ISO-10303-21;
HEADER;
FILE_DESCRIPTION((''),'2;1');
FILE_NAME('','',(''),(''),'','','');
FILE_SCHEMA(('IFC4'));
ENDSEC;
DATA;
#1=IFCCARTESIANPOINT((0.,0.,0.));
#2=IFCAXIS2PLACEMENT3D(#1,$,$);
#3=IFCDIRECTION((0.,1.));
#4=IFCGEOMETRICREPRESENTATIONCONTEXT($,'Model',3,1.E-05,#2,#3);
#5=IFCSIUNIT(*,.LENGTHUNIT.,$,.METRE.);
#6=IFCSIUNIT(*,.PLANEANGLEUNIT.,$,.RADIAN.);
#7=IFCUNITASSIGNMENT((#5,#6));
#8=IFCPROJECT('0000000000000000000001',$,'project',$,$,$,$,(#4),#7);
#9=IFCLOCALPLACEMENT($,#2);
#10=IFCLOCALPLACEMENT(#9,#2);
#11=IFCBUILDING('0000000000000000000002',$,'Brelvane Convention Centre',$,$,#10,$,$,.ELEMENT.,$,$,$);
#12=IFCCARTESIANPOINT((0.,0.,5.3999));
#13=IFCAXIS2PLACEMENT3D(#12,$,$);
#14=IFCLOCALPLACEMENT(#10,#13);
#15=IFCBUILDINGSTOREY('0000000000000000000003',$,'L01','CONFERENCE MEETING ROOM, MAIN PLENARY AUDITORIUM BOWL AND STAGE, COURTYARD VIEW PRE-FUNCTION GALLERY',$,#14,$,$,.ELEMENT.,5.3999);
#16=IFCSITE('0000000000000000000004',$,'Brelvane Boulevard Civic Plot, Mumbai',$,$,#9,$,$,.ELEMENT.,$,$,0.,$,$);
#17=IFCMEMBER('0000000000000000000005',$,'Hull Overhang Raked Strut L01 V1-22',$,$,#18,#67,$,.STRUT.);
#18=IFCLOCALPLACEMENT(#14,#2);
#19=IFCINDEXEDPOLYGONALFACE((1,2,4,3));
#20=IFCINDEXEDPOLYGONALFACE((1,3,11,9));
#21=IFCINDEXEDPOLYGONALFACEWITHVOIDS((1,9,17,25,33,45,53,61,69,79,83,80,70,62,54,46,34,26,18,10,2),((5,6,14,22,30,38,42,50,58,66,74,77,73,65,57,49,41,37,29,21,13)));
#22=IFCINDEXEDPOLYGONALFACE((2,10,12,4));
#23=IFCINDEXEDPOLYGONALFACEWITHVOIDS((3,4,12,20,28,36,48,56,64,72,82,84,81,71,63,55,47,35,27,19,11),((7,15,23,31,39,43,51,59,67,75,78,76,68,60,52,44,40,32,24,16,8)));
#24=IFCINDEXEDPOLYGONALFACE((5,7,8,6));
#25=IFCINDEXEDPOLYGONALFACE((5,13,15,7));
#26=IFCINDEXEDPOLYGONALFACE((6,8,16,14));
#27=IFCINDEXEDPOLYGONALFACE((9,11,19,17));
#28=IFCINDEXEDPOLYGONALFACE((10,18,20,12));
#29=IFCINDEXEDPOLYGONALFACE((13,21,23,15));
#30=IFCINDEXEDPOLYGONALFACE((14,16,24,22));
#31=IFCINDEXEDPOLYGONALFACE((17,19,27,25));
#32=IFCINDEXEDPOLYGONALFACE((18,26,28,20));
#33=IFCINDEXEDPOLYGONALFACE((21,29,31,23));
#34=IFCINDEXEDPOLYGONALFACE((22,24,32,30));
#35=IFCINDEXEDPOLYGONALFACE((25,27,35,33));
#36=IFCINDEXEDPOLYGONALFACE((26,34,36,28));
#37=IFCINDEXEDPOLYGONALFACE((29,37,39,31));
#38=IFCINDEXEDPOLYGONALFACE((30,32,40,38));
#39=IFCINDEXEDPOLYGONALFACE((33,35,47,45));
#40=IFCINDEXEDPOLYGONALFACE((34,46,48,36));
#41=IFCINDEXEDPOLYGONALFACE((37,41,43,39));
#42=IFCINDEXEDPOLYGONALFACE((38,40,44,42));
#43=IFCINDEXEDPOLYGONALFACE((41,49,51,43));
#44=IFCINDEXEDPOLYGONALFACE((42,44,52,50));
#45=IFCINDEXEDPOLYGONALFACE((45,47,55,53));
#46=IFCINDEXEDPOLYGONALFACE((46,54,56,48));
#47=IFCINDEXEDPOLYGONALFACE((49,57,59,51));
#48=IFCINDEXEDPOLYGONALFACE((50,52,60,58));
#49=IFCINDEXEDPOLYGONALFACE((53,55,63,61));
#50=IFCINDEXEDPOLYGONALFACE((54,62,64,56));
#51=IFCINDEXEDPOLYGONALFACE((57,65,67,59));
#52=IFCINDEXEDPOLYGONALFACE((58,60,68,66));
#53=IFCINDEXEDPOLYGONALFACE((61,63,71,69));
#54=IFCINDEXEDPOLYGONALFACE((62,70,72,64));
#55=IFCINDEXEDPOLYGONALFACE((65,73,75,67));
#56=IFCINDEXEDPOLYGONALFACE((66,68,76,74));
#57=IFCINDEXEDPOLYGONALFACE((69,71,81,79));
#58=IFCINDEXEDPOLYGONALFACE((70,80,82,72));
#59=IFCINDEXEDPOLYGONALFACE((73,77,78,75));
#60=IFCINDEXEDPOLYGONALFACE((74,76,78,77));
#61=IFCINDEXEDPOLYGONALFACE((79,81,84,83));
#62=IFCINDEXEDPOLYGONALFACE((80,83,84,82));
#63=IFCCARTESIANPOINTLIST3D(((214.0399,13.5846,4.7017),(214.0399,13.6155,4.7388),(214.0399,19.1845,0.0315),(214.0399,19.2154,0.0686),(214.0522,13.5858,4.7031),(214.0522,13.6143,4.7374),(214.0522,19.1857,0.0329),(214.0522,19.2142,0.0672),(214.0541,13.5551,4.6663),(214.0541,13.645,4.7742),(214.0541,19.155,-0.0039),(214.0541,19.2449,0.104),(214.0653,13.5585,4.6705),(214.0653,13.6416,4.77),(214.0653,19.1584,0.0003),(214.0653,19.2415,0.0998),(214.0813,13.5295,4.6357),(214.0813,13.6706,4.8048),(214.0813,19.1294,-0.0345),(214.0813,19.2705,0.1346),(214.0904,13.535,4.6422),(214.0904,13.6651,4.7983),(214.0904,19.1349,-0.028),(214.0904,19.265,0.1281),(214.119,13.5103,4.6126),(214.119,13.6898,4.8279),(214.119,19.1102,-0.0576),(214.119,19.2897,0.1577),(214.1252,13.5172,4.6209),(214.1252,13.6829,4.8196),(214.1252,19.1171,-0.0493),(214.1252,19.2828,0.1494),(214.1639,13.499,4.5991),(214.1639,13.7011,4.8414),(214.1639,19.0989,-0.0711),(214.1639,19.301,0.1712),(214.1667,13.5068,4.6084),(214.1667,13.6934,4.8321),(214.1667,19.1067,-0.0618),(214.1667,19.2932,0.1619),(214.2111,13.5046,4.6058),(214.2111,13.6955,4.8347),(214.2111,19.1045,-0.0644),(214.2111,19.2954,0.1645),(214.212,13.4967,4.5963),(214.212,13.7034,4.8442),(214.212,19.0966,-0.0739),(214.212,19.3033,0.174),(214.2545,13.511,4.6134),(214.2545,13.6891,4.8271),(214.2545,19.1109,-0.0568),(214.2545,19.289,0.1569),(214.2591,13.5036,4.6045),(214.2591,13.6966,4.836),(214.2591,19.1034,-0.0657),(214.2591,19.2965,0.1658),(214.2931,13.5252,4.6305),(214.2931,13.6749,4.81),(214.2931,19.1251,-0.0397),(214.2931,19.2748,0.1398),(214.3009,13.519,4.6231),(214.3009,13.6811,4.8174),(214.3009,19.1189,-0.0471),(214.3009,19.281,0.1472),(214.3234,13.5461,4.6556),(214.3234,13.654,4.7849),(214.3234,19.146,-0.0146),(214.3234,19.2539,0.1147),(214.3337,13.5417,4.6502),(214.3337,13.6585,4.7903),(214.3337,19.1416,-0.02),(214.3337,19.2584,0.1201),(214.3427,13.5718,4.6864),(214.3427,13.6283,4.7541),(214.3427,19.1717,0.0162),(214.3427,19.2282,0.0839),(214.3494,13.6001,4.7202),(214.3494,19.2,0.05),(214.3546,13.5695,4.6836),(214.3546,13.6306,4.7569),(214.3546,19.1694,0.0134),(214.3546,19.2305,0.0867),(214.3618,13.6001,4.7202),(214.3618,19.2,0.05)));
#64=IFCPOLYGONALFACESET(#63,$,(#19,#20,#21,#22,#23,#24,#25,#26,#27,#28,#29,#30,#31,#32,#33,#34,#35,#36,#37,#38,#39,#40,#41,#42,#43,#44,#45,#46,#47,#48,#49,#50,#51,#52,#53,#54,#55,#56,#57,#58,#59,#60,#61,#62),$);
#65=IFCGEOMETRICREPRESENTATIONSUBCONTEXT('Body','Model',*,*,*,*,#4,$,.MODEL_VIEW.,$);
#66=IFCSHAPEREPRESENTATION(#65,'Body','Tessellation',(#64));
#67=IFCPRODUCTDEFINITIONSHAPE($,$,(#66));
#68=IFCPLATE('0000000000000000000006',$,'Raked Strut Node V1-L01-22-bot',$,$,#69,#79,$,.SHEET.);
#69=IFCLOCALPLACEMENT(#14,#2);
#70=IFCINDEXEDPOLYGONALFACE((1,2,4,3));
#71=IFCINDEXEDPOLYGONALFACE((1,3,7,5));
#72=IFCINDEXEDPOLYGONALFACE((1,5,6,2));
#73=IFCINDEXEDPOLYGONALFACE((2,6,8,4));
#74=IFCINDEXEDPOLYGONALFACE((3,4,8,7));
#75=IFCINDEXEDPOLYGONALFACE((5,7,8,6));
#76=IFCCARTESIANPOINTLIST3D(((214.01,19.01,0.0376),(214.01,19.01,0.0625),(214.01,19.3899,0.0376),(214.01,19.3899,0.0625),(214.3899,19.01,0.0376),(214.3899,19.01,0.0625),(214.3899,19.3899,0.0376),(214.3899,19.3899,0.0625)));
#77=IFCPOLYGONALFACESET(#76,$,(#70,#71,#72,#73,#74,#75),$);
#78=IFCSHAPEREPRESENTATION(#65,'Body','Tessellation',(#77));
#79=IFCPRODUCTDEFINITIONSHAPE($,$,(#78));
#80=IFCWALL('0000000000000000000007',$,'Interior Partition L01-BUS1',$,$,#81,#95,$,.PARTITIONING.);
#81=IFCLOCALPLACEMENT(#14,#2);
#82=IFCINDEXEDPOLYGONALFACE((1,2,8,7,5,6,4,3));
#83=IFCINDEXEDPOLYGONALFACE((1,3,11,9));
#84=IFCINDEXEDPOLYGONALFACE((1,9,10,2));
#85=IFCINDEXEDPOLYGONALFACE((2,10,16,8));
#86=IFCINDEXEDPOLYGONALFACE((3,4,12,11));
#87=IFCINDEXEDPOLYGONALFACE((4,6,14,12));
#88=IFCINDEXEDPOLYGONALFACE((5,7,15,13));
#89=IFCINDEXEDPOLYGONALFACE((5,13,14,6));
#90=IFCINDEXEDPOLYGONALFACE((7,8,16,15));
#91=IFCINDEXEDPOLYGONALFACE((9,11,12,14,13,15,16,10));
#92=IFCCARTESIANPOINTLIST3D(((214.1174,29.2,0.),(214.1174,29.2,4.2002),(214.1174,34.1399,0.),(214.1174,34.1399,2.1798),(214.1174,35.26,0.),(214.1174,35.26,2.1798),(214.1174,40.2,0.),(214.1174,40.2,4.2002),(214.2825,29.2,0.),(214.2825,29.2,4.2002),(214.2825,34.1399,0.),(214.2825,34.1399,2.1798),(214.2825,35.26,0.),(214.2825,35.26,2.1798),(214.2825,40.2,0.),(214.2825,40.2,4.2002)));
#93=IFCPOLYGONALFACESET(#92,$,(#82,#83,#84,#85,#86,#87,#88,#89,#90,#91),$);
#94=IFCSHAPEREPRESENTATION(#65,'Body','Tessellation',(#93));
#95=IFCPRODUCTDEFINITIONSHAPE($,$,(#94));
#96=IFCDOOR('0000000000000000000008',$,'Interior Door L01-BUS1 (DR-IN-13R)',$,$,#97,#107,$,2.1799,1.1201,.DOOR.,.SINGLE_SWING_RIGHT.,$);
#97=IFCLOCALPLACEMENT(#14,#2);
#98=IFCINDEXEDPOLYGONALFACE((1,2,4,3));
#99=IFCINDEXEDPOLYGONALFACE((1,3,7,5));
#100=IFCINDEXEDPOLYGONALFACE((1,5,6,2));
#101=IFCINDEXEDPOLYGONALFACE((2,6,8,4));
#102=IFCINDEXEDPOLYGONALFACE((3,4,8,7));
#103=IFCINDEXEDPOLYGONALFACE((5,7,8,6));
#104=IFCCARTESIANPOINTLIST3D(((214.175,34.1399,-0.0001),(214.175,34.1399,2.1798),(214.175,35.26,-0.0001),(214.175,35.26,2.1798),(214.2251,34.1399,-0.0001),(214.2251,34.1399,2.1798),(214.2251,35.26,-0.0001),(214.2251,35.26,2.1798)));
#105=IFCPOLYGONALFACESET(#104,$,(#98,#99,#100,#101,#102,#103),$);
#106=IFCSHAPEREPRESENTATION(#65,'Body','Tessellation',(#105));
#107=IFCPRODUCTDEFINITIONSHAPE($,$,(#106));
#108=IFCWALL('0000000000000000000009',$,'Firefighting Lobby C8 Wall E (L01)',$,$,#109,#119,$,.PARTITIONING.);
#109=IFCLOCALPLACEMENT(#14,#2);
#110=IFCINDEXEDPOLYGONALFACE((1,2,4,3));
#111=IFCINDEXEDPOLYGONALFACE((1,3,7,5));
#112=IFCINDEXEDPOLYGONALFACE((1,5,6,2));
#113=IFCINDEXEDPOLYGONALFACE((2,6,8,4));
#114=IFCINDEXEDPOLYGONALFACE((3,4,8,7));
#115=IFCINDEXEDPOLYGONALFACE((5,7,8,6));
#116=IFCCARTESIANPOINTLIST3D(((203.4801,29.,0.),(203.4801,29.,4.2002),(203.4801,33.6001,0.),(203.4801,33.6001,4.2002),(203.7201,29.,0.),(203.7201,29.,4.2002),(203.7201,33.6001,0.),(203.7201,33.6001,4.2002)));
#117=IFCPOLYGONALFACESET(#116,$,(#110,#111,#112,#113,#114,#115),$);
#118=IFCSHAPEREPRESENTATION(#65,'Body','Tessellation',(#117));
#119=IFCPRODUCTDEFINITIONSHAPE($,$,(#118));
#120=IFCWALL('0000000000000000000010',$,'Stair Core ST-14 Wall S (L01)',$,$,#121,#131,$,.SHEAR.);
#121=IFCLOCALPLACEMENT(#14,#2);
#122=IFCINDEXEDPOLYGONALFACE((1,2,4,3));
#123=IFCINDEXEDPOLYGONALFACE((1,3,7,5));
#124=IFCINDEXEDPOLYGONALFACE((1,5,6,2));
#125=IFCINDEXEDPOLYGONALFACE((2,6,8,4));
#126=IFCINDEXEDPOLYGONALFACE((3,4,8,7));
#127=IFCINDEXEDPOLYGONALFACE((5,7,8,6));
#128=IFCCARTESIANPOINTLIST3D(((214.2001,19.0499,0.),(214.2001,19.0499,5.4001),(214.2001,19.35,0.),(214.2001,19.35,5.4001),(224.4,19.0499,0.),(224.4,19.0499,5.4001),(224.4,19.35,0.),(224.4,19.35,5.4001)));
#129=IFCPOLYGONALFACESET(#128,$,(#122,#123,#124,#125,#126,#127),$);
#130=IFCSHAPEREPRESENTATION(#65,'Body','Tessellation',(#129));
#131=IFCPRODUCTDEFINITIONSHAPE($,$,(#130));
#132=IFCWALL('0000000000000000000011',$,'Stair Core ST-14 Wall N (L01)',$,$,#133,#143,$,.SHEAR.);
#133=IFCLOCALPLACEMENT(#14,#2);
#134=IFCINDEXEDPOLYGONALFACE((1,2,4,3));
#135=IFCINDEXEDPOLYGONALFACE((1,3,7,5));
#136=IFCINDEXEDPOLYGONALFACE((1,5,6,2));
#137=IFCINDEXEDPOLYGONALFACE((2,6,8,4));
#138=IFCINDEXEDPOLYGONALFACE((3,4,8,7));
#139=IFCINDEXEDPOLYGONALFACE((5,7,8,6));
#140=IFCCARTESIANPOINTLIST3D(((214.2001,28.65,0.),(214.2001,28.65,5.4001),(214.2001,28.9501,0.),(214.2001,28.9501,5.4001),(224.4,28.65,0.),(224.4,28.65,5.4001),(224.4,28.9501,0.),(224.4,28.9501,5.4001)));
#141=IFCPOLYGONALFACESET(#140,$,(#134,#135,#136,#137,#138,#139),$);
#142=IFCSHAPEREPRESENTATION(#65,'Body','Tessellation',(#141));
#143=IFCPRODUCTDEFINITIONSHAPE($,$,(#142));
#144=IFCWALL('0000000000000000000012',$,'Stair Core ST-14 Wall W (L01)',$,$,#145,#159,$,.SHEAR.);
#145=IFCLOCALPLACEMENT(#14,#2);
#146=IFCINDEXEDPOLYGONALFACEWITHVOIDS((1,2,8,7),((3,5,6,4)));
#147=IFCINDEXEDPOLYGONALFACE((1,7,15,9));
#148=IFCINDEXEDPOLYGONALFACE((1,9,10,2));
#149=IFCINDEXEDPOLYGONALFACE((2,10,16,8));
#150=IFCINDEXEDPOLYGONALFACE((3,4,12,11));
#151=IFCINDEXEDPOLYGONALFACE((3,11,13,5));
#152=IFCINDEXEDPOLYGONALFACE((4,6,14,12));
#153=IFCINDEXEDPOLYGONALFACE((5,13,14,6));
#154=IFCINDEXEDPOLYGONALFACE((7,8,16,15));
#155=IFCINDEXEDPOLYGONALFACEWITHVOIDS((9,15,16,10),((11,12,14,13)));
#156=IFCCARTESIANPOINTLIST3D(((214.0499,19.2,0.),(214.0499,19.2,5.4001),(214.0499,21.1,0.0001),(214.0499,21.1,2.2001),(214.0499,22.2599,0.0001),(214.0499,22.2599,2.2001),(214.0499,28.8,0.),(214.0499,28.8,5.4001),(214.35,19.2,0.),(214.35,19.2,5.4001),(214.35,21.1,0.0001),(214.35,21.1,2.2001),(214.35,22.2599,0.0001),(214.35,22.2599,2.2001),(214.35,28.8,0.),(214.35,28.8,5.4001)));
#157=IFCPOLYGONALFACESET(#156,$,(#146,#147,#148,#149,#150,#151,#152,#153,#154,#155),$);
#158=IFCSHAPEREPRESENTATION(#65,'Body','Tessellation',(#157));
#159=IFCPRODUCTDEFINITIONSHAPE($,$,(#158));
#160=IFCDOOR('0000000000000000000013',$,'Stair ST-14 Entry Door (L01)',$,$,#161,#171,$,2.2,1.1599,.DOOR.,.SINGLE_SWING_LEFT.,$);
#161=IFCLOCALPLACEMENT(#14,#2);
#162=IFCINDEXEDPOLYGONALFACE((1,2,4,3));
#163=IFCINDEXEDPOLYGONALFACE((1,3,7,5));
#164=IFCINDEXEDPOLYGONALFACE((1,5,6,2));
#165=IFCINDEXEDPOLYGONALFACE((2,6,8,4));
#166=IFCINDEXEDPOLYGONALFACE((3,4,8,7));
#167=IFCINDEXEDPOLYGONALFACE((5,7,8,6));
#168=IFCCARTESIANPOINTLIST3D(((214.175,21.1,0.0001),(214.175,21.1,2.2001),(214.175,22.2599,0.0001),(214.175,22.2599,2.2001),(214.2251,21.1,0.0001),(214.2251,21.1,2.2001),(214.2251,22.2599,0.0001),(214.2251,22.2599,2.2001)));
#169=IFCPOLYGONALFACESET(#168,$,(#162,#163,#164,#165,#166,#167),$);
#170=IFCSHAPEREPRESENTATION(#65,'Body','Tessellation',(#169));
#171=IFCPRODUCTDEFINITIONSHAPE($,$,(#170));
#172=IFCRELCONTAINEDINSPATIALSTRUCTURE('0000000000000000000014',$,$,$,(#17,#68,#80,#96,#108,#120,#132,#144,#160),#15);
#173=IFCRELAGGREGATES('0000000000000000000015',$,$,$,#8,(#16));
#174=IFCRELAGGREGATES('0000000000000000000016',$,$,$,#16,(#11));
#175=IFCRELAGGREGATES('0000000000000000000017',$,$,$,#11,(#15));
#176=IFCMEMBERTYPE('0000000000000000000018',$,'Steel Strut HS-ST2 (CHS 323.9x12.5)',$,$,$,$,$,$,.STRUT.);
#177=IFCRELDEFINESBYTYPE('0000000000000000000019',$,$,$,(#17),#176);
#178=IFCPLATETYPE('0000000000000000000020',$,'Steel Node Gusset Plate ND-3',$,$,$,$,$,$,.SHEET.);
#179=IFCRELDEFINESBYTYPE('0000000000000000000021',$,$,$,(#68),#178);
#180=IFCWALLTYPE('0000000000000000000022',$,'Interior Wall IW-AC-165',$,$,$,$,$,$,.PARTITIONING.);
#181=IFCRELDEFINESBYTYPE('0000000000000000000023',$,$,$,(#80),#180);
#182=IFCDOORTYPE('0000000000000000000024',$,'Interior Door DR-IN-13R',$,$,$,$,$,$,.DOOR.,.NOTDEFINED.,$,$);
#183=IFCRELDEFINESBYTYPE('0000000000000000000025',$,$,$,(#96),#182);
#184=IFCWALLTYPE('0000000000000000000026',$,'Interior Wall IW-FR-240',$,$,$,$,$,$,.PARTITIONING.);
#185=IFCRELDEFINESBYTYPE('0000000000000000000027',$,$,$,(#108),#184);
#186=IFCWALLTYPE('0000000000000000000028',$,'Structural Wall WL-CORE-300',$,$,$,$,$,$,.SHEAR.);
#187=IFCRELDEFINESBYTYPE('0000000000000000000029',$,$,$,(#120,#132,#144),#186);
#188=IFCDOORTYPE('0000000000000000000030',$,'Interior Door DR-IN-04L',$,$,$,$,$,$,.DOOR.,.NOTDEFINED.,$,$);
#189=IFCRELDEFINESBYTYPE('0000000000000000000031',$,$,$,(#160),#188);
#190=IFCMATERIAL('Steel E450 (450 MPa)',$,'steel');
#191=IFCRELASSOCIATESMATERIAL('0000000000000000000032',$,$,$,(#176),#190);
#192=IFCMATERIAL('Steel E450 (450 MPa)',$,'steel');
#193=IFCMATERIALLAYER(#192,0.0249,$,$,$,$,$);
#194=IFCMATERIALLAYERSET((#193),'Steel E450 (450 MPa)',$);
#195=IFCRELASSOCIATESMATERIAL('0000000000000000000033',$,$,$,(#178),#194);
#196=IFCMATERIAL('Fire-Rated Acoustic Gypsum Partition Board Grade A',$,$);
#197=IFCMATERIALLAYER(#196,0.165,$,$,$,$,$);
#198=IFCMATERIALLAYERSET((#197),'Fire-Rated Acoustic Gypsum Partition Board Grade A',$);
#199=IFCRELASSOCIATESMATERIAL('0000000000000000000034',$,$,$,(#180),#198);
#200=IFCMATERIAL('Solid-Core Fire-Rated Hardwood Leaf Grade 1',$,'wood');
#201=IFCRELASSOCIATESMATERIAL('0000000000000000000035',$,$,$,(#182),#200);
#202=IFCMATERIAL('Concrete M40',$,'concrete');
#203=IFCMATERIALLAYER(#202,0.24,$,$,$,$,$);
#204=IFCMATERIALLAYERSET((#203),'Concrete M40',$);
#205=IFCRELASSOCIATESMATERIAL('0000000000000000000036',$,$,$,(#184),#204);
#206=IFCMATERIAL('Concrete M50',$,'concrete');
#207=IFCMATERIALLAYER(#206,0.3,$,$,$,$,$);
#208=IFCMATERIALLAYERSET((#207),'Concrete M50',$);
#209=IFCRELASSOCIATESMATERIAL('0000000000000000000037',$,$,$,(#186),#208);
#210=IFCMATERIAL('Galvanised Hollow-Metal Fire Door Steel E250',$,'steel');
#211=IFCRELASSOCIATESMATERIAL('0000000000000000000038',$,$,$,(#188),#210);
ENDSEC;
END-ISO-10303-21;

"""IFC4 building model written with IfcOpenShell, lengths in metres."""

from ifc_helpers import new_model, si_unit, direction, frame, frame_2d, origin, origin_2d, place, context, subcontext, project, spatial, rectangle, hollow_circle, extrude, material, layer, layer_set, material_profile, profile_set, type_object, element, fill, save


model = new_model("IFC4")

# Units and contexts
model_context = context("Model", 3, precision=1e-05, world=origin(), true_north=direction((0.0, 1.0)))
body_context = subcontext(model_context, "Body", "Model", "MODEL_VIEW")
ifc_project = project(units=[si_unit("LENGTHUNIT", "METRE"), si_unit("PLANEANGLEUNIT", "RADIAN")], contexts=[model_context])

# Site, building, storey
site_placement = place(None, origin())
site = spatial("IfcSite", under=ifc_project, at=site_placement, Name="Brelvane Boulevard Civic Plot, Mumbai", CompositionType="ELEMENT", RefElevation=0.0)
building_placement = place(site_placement, origin())
building = spatial("IfcBuilding", under=site, at=building_placement, Name="Brelvane Convention Centre", CompositionType="ELEMENT")
storey_placement = place(building_placement, frame((0.0, 0.0, 5.3999)))
storey = spatial("IfcBuildingStorey", under=building, at=storey_placement, Name="L01", Description="CONFERENCE MEETING ROOM, MAIN PLENARY AUDITORIUM BOWL AND STAGE, COURTYARD VIEW PRE-FUNCTION GALLERY", CompositionType="ELEMENT", Elevation=5.3999)

# Member
ifc_material_1 = material(Name="Steel E450 (450 MPa)", Category="steel")
ifc_material_profile_1 = material_profile(ifc_material_1, hollow_circle(Radius=0.1619, WallThickness=0.0125, at=origin_2d()), Name="CHS 323.9x12.5")
ifc_profile_set_1 = profile_set([ifc_material_profile_1], Name="Steel E450 (450 MPa)")
member_type = type_object("IfcMemberType", Name="Steel Strut HS-ST2 (CHS 323.9x12.5)", PredefinedType="STRUT", material=ifc_profile_set_1)
member_placement = place(storey_placement, frame((214.2, 19.2, 0.05), z_axis=(0.0, -0.767977, 0.640477), x_axis=(1.0, 0.0, 0.0)))
element("IfcMember", 1, at=member_placement, inside=storey, type_object=member_type, Name="Hull Overhang Raked Strut L01 V1-22", PredefinedType="STRUT", context=body_context, shape_type="SweptSolid", body=[
    extrude(hollow_circle(Radius=0.1619, WallThickness=0.0125, at=origin_2d()), origin(), (0.0, 0.0, 1.0), 7.2917),
])

# Plate
ifc_material_2 = material(Name="Steel E450 (450 MPa)", Category="steel")
ifc_layer_1 = layer(ifc_material_2, 0.0249)
ifc_layer_set_1 = layer_set([ifc_layer_1], Name="Steel E450 (450 MPa)")
plate_type = type_object("IfcPlateType", Name="Steel Node Gusset Plate ND-3", PredefinedType="SHEET", material=ifc_layer_set_1)
plate_placement = place(storey_placement, frame((214.2, 19.2, 0.0376), z_axis=(0.0, 0.0, 1.0), x_axis=(1.0, 0.0, 0.0)))
element("IfcPlate", 2, at=plate_placement, inside=storey, type_object=plate_type, Name="Raked Strut Node V1-L01-22-bot", PredefinedType="SHEET", context=body_context, shape_type="SweptSolid", body=[
    extrude(rectangle(XDim=0.3799, YDim=0.3799, at=origin_2d()), origin(), (0.0, 0.0, 1.0), 0.0249),
])

# Wall, opening, door
ifc_material_3 = material(Name="Fire-Rated Acoustic Gypsum Partition Board Grade A")
ifc_layer_2 = layer(ifc_material_3, 0.165)
ifc_layer_set_2 = layer_set([ifc_layer_2], Name="Fire-Rated Acoustic Gypsum Partition Board Grade A")
wall_type_1 = type_object("IfcWallType", Name="Interior Wall IW-AC-165", PredefinedType="PARTITIONING", material=ifc_layer_set_2)
wall_1_placement = place(storey_placement, frame((214.2, 29.2, 0.0), z_axis=(0.0, 0.0, 1.0), x_axis=(0.0, 1.0, 0.0)))
wall_1 = element("IfcWall", 3, at=wall_1_placement, inside=storey, type_object=wall_type_1, Name="Interior Partition L01-BUS1", PredefinedType="PARTITIONING", context=body_context, shape_type="SweptSolid", body=[
    extrude(rectangle(XDim=11.0, YDim=0.165, at=frame_2d((5.5, 0.0))), origin(), (0.0, 0.0, 1.0), 4.2002),
])
opening_1_placement = place(wall_1_placement, frame((4.9399, 0.0, 0.0)))
opening_1 = element("IfcOpeningElement", 4, at=opening_1_placement, cuts=wall_1, PredefinedType="OPENING", context=body_context, shape_type="SweptSolid", body=[
    extrude(rectangle(XDim=1.1201, YDim=2.1799, at=frame_2d((0.5601, 1.0898))), frame((0.0, 0.0925, 0.0), z_axis=(0.0, -1.0, 0.0), x_axis=(1.0, 0.0, 0.0)), (0.0, 0.0, 1.0), 0.1851),
])
ifc_material_4 = material(Name="Solid-Core Fire-Rated Hardwood Leaf Grade 1", Category="wood")
door_type_1 = type_object("IfcDoorType", Name="Interior Door DR-IN-13R", OperationType="NOTDEFINED", PredefinedType="DOOR", material=ifc_material_4)
door_1_placement = place(opening_1_placement, origin())
door_1 = element("IfcDoor", 5, at=door_1_placement, inside=storey, type_object=door_type_1, Name="Interior Door L01-BUS1 (DR-IN-13R)", OperationType="SINGLE_SWING_RIGHT", OverallHeight=2.1799, OverallWidth=1.1201, PredefinedType="DOOR", context=body_context, shape_type="SweptSolid", body=[
    extrude(rectangle(XDim=1.1201, YDim=2.1799, at=frame_2d((0.5601, 1.0898))), frame((0.0, 0.0249, 0.0), z_axis=(0.0, -1.0, 0.0), x_axis=(1.0, 0.0, 0.0)), (0.0, 0.0, 1.0), 0.05),
])
fill(opening_1, door_1)

# Walls
ifc_material_5 = material(Name="Concrete M40", Category="concrete")
ifc_layer_3 = layer(ifc_material_5, 0.24)
ifc_layer_set_3 = layer_set([ifc_layer_3], Name="Concrete M40")
wall_type_2 = type_object("IfcWallType", Name="Interior Wall IW-FR-240", PredefinedType="PARTITIONING", material=ifc_layer_set_3)
wall_2_placement = place(storey_placement, frame((203.6001, 29.0, 0.0), z_axis=(0.0, 0.0, 1.0), x_axis=(0.0, 1.0, 0.0)))
element("IfcWall", 6, at=wall_2_placement, inside=storey, type_object=wall_type_2, Name="Firefighting Lobby C8 Wall E (L01)", PredefinedType="PARTITIONING", context=body_context, shape_type="SweptSolid", body=[
    extrude(rectangle(XDim=4.6001, YDim=0.24, at=frame_2d((2.3, 0.0))), origin(), (0.0, 0.0, 1.0), 4.2002),
])
ifc_material_6 = material(Name="Concrete M50", Category="concrete")
ifc_layer_4 = layer(ifc_material_6, 0.3)
ifc_layer_set_4 = layer_set([ifc_layer_4], Name="Concrete M50")
wall_type_3 = type_object("IfcWallType", Name="Structural Wall WL-CORE-300", PredefinedType="SHEAR", material=ifc_layer_set_4)
for number, where, z_axis, x_axis, name in (
    (7, (214.2, 19.2, 0.0), (0.0, 0.0, 1.0), (1.0, 0.0, 0.0), "Stair Core ST-14 Wall S (L01)"),
    (8, (214.2, 28.8, 0.0), (0.0, 0.0, 1.0), (1.0, 0.0, 0.0), "Stair Core ST-14 Wall N (L01)"),
):
    element("IfcWall", number, at=place(storey_placement, frame(where, z_axis=z_axis, x_axis=x_axis)), inside=storey, type_object=wall_type_3, Name=name, PredefinedType="SHEAR", context=body_context, shape_type="SweptSolid", body=[
        extrude(rectangle(XDim=10.2, YDim=0.3, at=frame_2d((5.1001, 0.0))), origin(), (0.0, 0.0, 1.0), 5.4001),
    ])

# Wall, opening, door
wall_3_placement = place(storey_placement, frame((214.2, 19.2, 0.0), z_axis=(0.0, 0.0, 1.0), x_axis=(0.0, 1.0, 0.0)))
wall_3 = element("IfcWall", 9, at=wall_3_placement, inside=storey, type_object=wall_type_3, Name="Stair Core ST-14 Wall W (L01)", PredefinedType="SHEAR", context=body_context, shape_type="SweptSolid", body=[
    extrude(rectangle(XDim=9.6001, YDim=0.3, at=frame_2d((4.8, 0.0))), origin(), (0.0, 0.0, 1.0), 5.4001),
])
opening_2_placement = place(wall_3_placement, frame((1.8999, 0.0, 0.0)))
opening_2 = element("IfcOpeningElement", 10, at=opening_2_placement, cuts=wall_3, PredefinedType="OPENING", context=body_context, shape_type="SweptSolid", body=[
    extrude(rectangle(XDim=1.1599, YDim=2.2, at=frame_2d((0.5801, 1.1001))), frame((0.0, 0.1599, 0.0), z_axis=(0.0, -1.0, 0.0), x_axis=(1.0, 0.0, 0.0)), (0.0, 0.0, 1.0), 0.3201),
])
ifc_material_7 = material(Name="Galvanised Hollow-Metal Fire Door Steel E250", Category="steel")
door_type_2 = type_object("IfcDoorType", Name="Interior Door DR-IN-04L", OperationType="NOTDEFINED", PredefinedType="DOOR", material=ifc_material_7)
door_2_placement = place(opening_2_placement, origin())
door_2 = element("IfcDoor", 11, at=door_2_placement, inside=storey, type_object=door_type_2, Name="Stair ST-14 Entry Door (L01)", OperationType="SINGLE_SWING_LEFT", OverallHeight=2.2, OverallWidth=1.1599, PredefinedType="DOOR", context=body_context, shape_type="SweptSolid", body=[
    extrude(rectangle(XDim=1.1599, YDim=2.2, at=frame_2d((0.5801, 1.1001))), frame((0.0, 0.0249, 0.0), z_axis=(0.0, -1.0, 0.0), x_axis=(1.0, 0.0, 0.0)), (0.0, 0.0, 1.0), 0.05),
])
fill(opening_2, door_2)

save(model, "model.ifc")
